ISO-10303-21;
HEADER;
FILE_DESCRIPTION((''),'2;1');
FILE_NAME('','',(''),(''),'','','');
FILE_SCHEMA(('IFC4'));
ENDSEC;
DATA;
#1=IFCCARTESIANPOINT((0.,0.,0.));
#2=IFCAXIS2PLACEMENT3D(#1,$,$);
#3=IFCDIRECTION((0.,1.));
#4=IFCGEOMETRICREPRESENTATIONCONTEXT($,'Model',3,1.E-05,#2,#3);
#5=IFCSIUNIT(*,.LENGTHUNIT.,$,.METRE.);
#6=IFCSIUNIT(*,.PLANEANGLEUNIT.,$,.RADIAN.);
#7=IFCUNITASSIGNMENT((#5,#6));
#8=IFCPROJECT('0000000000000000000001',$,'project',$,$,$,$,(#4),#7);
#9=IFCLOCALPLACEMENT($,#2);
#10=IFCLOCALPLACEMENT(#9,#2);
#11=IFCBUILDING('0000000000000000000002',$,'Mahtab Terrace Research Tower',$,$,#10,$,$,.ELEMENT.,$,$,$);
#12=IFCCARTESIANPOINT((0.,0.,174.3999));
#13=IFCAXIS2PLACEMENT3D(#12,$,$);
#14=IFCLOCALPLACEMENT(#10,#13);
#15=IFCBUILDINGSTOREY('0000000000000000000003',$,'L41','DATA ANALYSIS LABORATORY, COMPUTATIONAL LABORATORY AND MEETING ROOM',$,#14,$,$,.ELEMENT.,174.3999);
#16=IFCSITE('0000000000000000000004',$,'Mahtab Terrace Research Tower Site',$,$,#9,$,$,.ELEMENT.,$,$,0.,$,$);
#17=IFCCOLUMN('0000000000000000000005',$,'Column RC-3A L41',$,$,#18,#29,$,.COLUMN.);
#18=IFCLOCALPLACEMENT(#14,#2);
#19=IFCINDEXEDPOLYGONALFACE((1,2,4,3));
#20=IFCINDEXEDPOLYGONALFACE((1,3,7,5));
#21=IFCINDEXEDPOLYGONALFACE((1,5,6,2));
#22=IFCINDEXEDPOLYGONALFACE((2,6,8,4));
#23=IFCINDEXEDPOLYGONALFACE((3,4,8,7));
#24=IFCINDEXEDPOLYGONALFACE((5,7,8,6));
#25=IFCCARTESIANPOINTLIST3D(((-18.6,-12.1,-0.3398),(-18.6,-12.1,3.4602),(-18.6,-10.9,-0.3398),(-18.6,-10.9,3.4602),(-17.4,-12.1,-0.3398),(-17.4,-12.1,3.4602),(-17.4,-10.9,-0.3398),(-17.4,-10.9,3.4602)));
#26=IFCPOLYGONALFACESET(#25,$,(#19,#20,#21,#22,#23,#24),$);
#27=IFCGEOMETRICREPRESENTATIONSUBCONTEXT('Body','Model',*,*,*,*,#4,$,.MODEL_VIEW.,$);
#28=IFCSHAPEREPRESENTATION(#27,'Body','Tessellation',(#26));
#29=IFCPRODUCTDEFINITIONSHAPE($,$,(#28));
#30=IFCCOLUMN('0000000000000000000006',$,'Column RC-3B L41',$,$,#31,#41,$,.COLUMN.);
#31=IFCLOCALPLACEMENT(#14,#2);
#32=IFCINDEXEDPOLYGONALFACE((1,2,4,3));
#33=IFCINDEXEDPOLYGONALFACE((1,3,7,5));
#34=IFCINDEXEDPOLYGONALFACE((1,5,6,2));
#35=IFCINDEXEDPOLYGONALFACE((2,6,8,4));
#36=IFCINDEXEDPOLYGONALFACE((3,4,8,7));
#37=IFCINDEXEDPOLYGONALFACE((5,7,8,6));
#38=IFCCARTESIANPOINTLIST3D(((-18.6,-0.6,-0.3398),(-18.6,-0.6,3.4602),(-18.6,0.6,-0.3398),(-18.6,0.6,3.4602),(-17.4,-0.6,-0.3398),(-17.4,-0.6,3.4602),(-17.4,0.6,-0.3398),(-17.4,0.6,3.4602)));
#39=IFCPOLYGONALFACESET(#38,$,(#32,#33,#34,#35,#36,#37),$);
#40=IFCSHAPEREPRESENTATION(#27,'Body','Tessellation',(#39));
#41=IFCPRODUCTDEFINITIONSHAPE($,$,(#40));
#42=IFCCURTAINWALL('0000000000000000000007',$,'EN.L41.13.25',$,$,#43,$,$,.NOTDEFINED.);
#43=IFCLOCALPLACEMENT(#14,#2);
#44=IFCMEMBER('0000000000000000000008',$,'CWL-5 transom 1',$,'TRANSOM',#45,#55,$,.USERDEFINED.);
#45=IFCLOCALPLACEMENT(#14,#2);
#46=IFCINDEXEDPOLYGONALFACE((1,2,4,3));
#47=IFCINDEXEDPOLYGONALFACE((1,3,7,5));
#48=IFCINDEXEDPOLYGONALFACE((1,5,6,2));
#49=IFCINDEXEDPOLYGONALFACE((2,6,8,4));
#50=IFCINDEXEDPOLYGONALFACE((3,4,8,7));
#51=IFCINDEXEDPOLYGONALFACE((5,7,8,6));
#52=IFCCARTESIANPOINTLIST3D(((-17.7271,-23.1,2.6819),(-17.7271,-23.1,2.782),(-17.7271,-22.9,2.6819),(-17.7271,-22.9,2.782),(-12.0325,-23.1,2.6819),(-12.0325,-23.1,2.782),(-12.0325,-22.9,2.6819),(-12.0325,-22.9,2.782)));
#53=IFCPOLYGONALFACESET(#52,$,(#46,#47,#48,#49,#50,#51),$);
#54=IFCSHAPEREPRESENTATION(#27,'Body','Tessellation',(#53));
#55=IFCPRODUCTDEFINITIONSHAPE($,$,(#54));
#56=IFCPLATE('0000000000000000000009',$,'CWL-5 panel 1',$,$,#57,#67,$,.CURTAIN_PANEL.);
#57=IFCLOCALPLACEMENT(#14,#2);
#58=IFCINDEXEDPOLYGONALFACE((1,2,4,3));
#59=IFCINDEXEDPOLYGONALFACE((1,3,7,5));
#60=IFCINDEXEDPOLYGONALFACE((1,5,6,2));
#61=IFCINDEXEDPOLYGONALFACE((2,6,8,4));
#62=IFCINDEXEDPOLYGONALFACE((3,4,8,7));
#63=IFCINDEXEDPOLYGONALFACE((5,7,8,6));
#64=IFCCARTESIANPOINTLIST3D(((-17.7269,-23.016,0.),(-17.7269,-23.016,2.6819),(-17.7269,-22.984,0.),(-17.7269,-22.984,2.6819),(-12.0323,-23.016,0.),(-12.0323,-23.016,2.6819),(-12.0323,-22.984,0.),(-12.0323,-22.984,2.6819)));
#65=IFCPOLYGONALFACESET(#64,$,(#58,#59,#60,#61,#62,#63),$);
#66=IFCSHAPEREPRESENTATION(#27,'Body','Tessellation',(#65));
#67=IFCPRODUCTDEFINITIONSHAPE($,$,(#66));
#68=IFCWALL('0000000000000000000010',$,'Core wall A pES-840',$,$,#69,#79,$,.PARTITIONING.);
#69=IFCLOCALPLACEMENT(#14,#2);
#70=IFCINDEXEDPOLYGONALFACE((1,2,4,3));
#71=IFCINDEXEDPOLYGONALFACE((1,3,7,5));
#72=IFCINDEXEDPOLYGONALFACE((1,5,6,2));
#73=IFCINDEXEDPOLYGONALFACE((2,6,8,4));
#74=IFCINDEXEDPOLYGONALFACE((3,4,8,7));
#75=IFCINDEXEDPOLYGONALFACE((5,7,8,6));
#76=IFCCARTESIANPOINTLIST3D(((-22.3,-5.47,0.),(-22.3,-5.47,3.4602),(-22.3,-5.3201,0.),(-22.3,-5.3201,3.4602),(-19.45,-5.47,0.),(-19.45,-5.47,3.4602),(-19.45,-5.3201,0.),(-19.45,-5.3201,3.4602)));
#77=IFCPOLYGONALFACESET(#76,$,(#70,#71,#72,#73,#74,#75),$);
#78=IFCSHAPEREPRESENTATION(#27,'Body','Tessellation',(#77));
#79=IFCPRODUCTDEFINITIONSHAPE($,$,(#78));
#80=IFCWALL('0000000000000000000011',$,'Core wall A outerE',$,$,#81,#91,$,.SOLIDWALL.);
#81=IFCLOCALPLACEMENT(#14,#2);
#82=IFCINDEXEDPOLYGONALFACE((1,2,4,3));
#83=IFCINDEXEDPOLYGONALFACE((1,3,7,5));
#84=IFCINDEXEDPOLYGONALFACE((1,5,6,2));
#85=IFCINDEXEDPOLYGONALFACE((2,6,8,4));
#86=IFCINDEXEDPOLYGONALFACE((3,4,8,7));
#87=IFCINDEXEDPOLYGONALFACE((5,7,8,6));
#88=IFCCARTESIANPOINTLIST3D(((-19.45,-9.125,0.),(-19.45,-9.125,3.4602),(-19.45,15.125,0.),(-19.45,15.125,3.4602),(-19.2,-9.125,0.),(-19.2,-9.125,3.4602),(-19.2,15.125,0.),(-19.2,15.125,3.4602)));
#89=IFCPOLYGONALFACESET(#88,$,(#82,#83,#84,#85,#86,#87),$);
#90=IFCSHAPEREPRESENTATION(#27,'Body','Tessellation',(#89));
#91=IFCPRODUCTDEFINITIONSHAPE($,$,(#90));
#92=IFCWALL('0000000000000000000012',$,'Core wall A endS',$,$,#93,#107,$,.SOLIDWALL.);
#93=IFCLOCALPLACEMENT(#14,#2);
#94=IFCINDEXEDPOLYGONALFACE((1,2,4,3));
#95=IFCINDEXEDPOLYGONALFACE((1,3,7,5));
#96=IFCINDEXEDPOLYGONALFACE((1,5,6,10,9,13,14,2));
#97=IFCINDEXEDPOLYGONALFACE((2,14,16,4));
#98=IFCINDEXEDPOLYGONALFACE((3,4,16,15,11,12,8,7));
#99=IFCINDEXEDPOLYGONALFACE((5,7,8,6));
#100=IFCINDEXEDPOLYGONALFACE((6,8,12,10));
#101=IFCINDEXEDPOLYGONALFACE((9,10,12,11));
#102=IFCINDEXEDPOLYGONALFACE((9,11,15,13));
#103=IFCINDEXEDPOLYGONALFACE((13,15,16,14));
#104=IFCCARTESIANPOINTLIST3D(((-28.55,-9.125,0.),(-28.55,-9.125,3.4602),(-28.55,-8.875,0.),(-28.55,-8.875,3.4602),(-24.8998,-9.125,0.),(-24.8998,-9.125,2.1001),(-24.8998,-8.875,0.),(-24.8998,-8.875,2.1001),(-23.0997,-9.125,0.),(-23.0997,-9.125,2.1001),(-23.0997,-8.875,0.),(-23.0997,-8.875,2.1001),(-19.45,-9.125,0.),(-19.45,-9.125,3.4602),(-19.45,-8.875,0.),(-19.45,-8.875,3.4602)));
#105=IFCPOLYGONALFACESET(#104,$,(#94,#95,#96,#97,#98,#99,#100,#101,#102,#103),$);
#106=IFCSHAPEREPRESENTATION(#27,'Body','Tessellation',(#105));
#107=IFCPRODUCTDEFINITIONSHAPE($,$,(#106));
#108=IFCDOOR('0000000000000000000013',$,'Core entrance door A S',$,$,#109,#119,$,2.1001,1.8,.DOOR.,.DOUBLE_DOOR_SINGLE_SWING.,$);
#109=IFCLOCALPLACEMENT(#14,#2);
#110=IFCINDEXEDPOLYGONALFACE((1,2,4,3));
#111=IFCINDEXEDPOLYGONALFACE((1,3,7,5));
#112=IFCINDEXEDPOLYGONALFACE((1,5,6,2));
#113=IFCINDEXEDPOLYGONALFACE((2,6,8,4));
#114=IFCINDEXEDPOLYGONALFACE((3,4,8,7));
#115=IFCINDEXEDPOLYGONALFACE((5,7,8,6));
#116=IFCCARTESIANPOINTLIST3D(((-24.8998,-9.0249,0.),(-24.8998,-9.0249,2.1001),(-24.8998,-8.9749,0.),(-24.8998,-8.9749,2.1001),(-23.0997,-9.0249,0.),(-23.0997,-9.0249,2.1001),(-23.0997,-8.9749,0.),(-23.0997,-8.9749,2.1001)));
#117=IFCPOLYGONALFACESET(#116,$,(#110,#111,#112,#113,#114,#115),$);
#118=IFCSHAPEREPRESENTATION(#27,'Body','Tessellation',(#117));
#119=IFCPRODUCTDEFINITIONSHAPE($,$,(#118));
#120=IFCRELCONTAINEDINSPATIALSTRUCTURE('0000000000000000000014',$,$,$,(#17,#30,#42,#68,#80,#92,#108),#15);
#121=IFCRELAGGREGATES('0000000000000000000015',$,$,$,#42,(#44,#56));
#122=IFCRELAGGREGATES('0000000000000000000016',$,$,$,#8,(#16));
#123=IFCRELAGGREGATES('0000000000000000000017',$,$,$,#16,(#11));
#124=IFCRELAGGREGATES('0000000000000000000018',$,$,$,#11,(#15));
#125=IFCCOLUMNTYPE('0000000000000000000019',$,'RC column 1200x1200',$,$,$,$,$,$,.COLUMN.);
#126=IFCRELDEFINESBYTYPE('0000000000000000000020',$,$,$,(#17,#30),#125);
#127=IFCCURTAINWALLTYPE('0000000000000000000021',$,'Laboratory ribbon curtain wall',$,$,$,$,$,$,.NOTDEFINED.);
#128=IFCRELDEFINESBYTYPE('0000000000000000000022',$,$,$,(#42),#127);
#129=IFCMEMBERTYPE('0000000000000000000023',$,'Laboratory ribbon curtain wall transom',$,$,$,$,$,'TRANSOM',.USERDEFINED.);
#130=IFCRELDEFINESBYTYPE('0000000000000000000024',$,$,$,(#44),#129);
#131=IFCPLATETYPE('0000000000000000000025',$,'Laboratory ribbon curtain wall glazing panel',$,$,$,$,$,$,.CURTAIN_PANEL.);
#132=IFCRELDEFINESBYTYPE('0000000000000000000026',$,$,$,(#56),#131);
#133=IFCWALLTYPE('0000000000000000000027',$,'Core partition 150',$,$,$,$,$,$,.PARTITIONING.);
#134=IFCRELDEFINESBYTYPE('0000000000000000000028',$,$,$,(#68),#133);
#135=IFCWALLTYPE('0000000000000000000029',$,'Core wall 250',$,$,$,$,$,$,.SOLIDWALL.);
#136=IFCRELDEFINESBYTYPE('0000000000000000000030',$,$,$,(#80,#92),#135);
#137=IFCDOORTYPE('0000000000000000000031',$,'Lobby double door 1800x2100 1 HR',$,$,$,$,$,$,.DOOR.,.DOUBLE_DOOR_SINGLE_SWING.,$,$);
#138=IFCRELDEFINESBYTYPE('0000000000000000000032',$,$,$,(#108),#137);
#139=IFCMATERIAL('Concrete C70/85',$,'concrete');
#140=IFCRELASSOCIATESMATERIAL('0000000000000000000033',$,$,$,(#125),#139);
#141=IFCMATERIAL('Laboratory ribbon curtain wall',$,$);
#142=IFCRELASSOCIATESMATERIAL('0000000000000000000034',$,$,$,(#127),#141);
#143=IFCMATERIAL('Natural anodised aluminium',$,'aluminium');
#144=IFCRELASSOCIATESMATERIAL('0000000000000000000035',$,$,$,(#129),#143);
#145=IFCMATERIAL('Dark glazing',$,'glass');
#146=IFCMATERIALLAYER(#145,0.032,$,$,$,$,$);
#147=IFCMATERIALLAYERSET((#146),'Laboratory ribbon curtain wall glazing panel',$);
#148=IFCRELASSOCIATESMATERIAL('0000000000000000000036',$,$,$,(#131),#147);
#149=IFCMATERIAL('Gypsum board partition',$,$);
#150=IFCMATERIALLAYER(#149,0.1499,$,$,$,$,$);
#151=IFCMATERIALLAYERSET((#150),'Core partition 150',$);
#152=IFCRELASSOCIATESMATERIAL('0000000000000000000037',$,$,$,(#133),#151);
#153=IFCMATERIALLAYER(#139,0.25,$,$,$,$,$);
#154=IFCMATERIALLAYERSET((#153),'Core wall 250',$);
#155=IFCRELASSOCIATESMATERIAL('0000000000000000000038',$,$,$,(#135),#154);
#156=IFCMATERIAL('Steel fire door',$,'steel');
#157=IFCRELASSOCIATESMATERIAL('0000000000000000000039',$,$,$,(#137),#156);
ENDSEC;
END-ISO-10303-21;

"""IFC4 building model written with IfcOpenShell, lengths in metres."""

from ifc_helpers import new_model, si_unit, direction, frame, frame_2d, origin, origin_2d, place, context, subcontext, project, spatial, rectangle, extrude, material, layer, layer_set, material_profile, profile_set, type_object, element, fill, aggregate, save


model = new_model("IFC4")

# Units and contexts
model_context = context("Model", 3, precision=1e-05, world=origin(), true_north=direction((0.0, 1.0)))
body_context = subcontext(model_context, "Body", "Model", "MODEL_VIEW")
ifc_project = project(units=[si_unit("LENGTHUNIT", "METRE"), si_unit("PLANEANGLEUNIT", "RADIAN")], contexts=[model_context])

# Site, building, storey
site_placement = place(None, origin())
site = spatial("IfcSite", under=ifc_project, at=site_placement, Name="Mahtab Terrace Research Tower Site", CompositionType="ELEMENT", RefElevation=0.0)
building_placement = place(site_placement, origin())
building = spatial("IfcBuilding", under=site, at=building_placement, Name="Mahtab Terrace Research Tower", CompositionType="ELEMENT")
storey_placement = place(building_placement, frame((0.0, 0.0, 174.3999)))
storey = spatial("IfcBuildingStorey", under=building, at=storey_placement, Name="L41", Description="DATA ANALYSIS LABORATORY, COMPUTATIONAL LABORATORY AND MEETING ROOM", CompositionType="ELEMENT", Elevation=174.3999)

# Columns
ifc_material_1 = material(Name="Concrete C70/85", Category="concrete")
ifc_material_profile_1 = material_profile(ifc_material_1, rectangle(XDim=1.2, YDim=1.2, at=origin_2d()), Name="RC column 1200x1200")
ifc_profile_set_1 = profile_set([ifc_material_profile_1], Name="Concrete C70/85")
column_type = type_object("IfcColumnType", Name="RC column 1200x1200", PredefinedType="COLUMN", material=ifc_profile_set_1)
for number, where, z_axis, x_axis, name in (
    (1, (-18.0, -11.5, -0.3398), (0.0, 0.0, 1.0), (1.0, 0.0, 0.0), "Column RC-3A L41"),
    (2, (-18.0, 0.0, -0.3398), (0.0, 0.0, 1.0), (1.0, 0.0, 0.0), "Column RC-3B L41"),
):
    element("IfcColumn", number, at=place(storey_placement, frame(where, z_axis=z_axis, x_axis=x_axis)), inside=storey, type_object=column_type, Name=name, PredefinedType="COLUMN", context=body_context, shape_type="SweptSolid", body=[
        extrude(rectangle(XDim=1.2, YDim=1.2, at=origin_2d()), origin(), (0.0, 0.0, 1.0), 3.8),
    ])

# Curtain wall, member, plate
ifc_material_2 = material(Name="Laboratory ribbon curtain wall")
curtain_wall_type = type_object("IfcCurtainWallType", Name="Laboratory ribbon curtain wall", PredefinedType="NOTDEFINED", material=ifc_material_2)
curtain_wall_placement = place(storey_placement, origin())
curtain_wall = element("IfcCurtainWall", 3, at=curtain_wall_placement, inside=storey, type_object=curtain_wall_type, Name="EN.L41.13.25", PredefinedType="NOTDEFINED")
ifc_material_3 = material(Name="Natural anodised aluminium", Category="aluminium")
ifc_material_profile_2 = material_profile(ifc_material_3, rectangle(XDim=0.2, YDim=0.1001, at=origin_2d()), Name="TRANSOM 100x200")
ifc_profile_set_2 = profile_set([ifc_material_profile_2], Name="Natural anodised aluminium")
member_type = type_object("IfcMemberType", Name="Laboratory ribbon curtain wall transom", ElementType="TRANSOM", PredefinedType="USERDEFINED", material=ifc_profile_set_2)
member_placement = place(storey_placement, frame((-17.7271, -23.0, 2.7319), z_axis=(1.0, 0.0, 0.0), x_axis=(0.0, 1.0, 0.0)))
member = element("IfcMember", 4, at=member_placement, type_object=member_type, Name="CWL-5 transom 1", ObjectType="TRANSOM", PredefinedType="USERDEFINED", context=body_context, shape_type="SweptSolid", body=[
    extrude(rectangle(XDim=0.2, YDim=0.1001, at=origin_2d()), origin(), (0.0, 0.0, 1.0), 5.6946),
])
ifc_material_4 = material(Name="Dark glazing", Category="glass")
ifc_layer_1 = layer(ifc_material_4, 0.032)
ifc_layer_set_1 = layer_set([ifc_layer_1], Name="Laboratory ribbon curtain wall glazing panel")
plate_type = type_object("IfcPlateType", Name="Laboratory ribbon curtain wall glazing panel", PredefinedType="CURTAIN_PANEL", material=ifc_layer_set_1)
plate_placement = place(storey_placement, frame((-14.8796, -23.0, 0.0), z_axis=(0.0, 0.0, 1.0), x_axis=(1.0, 0.0, 0.0)))
plate = element("IfcPlate", 5, at=plate_placement, type_object=plate_type, Name="CWL-5 panel 1", PredefinedType="CURTAIN_PANEL", context=body_context, shape_type="SweptSolid", body=[
    extrude(rectangle(XDim=5.6946, YDim=0.032, at=origin_2d()), origin(), (0.0, 0.0, 1.0), 2.6819),
])
aggregate(curtain_wall, [member, plate])

# Walls
ifc_material_5 = material(Name="Gypsum board partition")
ifc_layer_2 = layer(ifc_material_5, 0.1499)
ifc_layer_set_2 = layer_set([ifc_layer_2], Name="Core partition 150")
wall_type_1 = type_object("IfcWallType", Name="Core partition 150", PredefinedType="PARTITIONING", material=ifc_layer_set_2)
wall_1_placement = place(storey_placement, frame((-22.3, -5.395, 0.0), z_axis=(0.0, 0.0, 1.0), x_axis=(1.0, 0.0, 0.0)))
element("IfcWall", 6, at=wall_1_placement, inside=storey, type_object=wall_type_1, Name="Core wall A pES-840", PredefinedType="PARTITIONING", context=body_context, shape_type="SweptSolid", body=[
    extrude(rectangle(XDim=2.8501, YDim=0.1499, at=frame_2d((1.425, 0.0))), origin(), (0.0, 0.0, 1.0), 3.4602),
])
ifc_layer_3 = layer(ifc_material_1, 0.25)
ifc_layer_set_3 = layer_set([ifc_layer_3], Name="Core wall 250")
wall_type_2 = type_object("IfcWallType", Name="Core wall 250", PredefinedType="SOLIDWALL", material=ifc_layer_set_3)
wall_2_placement = place(storey_placement, frame((-19.325, -9.125, 0.0), z_axis=(0.0, 0.0, 1.0), x_axis=(0.0, 1.0, 0.0)))
element("IfcWall", 7, at=wall_2_placement, inside=storey, type_object=wall_type_2, Name="Core wall A outerE", PredefinedType="SOLIDWALL", context=body_context, shape_type="SweptSolid", body=[
    extrude(rectangle(XDim=24.25, YDim=0.25, at=frame_2d((12.125, 0.0))), origin(), (0.0, 0.0, 1.0), 3.4602),
])

# Wall, opening, door
wall_3_placement = place(storey_placement, frame((-19.45, -9.0, 0.0), z_axis=(0.0, 0.0, 1.0), x_axis=(-1.0, 0.0, 0.0)))
wall_3 = element("IfcWall", 8, at=wall_3_placement, inside=storey, type_object=wall_type_2, Name="Core wall A endS", PredefinedType="SOLIDWALL", context=body_context, shape_type="SweptSolid", body=[
    extrude(rectangle(XDim=9.1001, YDim=0.25, at=frame_2d((4.55, 0.0))), origin(), (0.0, 0.0, 1.0), 3.4602),
])
opening_1_placement = place(wall_3_placement, frame((3.6499, 0.0, 0.0)))
opening_1 = element("IfcOpeningElement", 9, at=opening_1_placement, cuts=wall_3, PredefinedType="OPENING", context=body_context, shape_type="SweptSolid", body=[
    extrude(rectangle(XDim=1.8, YDim=2.1001, at=frame_2d((0.8999, 1.05))), frame((0.0, 0.135, 0.0), z_axis=(0.0, -1.0, 0.0), x_axis=(1.0, 0.0, 0.0)), (0.0, 0.0, 1.0), 0.27),
])
ifc_material_6 = material(Name="Steel fire door", Category="steel")
door_type_1 = type_object("IfcDoorType", Name="Lobby double door 1800x2100 1 HR", OperationType="DOUBLE_DOOR_SINGLE_SWING", PredefinedType="DOOR", material=ifc_material_6)
door_1_placement = place(opening_1_placement, origin())
door_1 = element("IfcDoor", 10, at=door_1_placement, inside=storey, type_object=door_type_1, Name="Core entrance door A S", OperationType="DOUBLE_DOOR_SINGLE_SWING", OverallHeight=2.1001, OverallWidth=1.8, PredefinedType="DOOR", context=body_context, shape_type="SweptSolid", body=[
    extrude(rectangle(XDim=1.8, YDim=2.1001, at=frame_2d((0.8999, 1.05))), frame((0.0, 0.0249, 0.0), z_axis=(0.0, -1.0, 0.0), x_axis=(1.0, 0.0, 0.0)), (0.0, 0.0, 1.0), 0.05),
])
fill(opening_1, door_1)

save(model, "model.ifc")
